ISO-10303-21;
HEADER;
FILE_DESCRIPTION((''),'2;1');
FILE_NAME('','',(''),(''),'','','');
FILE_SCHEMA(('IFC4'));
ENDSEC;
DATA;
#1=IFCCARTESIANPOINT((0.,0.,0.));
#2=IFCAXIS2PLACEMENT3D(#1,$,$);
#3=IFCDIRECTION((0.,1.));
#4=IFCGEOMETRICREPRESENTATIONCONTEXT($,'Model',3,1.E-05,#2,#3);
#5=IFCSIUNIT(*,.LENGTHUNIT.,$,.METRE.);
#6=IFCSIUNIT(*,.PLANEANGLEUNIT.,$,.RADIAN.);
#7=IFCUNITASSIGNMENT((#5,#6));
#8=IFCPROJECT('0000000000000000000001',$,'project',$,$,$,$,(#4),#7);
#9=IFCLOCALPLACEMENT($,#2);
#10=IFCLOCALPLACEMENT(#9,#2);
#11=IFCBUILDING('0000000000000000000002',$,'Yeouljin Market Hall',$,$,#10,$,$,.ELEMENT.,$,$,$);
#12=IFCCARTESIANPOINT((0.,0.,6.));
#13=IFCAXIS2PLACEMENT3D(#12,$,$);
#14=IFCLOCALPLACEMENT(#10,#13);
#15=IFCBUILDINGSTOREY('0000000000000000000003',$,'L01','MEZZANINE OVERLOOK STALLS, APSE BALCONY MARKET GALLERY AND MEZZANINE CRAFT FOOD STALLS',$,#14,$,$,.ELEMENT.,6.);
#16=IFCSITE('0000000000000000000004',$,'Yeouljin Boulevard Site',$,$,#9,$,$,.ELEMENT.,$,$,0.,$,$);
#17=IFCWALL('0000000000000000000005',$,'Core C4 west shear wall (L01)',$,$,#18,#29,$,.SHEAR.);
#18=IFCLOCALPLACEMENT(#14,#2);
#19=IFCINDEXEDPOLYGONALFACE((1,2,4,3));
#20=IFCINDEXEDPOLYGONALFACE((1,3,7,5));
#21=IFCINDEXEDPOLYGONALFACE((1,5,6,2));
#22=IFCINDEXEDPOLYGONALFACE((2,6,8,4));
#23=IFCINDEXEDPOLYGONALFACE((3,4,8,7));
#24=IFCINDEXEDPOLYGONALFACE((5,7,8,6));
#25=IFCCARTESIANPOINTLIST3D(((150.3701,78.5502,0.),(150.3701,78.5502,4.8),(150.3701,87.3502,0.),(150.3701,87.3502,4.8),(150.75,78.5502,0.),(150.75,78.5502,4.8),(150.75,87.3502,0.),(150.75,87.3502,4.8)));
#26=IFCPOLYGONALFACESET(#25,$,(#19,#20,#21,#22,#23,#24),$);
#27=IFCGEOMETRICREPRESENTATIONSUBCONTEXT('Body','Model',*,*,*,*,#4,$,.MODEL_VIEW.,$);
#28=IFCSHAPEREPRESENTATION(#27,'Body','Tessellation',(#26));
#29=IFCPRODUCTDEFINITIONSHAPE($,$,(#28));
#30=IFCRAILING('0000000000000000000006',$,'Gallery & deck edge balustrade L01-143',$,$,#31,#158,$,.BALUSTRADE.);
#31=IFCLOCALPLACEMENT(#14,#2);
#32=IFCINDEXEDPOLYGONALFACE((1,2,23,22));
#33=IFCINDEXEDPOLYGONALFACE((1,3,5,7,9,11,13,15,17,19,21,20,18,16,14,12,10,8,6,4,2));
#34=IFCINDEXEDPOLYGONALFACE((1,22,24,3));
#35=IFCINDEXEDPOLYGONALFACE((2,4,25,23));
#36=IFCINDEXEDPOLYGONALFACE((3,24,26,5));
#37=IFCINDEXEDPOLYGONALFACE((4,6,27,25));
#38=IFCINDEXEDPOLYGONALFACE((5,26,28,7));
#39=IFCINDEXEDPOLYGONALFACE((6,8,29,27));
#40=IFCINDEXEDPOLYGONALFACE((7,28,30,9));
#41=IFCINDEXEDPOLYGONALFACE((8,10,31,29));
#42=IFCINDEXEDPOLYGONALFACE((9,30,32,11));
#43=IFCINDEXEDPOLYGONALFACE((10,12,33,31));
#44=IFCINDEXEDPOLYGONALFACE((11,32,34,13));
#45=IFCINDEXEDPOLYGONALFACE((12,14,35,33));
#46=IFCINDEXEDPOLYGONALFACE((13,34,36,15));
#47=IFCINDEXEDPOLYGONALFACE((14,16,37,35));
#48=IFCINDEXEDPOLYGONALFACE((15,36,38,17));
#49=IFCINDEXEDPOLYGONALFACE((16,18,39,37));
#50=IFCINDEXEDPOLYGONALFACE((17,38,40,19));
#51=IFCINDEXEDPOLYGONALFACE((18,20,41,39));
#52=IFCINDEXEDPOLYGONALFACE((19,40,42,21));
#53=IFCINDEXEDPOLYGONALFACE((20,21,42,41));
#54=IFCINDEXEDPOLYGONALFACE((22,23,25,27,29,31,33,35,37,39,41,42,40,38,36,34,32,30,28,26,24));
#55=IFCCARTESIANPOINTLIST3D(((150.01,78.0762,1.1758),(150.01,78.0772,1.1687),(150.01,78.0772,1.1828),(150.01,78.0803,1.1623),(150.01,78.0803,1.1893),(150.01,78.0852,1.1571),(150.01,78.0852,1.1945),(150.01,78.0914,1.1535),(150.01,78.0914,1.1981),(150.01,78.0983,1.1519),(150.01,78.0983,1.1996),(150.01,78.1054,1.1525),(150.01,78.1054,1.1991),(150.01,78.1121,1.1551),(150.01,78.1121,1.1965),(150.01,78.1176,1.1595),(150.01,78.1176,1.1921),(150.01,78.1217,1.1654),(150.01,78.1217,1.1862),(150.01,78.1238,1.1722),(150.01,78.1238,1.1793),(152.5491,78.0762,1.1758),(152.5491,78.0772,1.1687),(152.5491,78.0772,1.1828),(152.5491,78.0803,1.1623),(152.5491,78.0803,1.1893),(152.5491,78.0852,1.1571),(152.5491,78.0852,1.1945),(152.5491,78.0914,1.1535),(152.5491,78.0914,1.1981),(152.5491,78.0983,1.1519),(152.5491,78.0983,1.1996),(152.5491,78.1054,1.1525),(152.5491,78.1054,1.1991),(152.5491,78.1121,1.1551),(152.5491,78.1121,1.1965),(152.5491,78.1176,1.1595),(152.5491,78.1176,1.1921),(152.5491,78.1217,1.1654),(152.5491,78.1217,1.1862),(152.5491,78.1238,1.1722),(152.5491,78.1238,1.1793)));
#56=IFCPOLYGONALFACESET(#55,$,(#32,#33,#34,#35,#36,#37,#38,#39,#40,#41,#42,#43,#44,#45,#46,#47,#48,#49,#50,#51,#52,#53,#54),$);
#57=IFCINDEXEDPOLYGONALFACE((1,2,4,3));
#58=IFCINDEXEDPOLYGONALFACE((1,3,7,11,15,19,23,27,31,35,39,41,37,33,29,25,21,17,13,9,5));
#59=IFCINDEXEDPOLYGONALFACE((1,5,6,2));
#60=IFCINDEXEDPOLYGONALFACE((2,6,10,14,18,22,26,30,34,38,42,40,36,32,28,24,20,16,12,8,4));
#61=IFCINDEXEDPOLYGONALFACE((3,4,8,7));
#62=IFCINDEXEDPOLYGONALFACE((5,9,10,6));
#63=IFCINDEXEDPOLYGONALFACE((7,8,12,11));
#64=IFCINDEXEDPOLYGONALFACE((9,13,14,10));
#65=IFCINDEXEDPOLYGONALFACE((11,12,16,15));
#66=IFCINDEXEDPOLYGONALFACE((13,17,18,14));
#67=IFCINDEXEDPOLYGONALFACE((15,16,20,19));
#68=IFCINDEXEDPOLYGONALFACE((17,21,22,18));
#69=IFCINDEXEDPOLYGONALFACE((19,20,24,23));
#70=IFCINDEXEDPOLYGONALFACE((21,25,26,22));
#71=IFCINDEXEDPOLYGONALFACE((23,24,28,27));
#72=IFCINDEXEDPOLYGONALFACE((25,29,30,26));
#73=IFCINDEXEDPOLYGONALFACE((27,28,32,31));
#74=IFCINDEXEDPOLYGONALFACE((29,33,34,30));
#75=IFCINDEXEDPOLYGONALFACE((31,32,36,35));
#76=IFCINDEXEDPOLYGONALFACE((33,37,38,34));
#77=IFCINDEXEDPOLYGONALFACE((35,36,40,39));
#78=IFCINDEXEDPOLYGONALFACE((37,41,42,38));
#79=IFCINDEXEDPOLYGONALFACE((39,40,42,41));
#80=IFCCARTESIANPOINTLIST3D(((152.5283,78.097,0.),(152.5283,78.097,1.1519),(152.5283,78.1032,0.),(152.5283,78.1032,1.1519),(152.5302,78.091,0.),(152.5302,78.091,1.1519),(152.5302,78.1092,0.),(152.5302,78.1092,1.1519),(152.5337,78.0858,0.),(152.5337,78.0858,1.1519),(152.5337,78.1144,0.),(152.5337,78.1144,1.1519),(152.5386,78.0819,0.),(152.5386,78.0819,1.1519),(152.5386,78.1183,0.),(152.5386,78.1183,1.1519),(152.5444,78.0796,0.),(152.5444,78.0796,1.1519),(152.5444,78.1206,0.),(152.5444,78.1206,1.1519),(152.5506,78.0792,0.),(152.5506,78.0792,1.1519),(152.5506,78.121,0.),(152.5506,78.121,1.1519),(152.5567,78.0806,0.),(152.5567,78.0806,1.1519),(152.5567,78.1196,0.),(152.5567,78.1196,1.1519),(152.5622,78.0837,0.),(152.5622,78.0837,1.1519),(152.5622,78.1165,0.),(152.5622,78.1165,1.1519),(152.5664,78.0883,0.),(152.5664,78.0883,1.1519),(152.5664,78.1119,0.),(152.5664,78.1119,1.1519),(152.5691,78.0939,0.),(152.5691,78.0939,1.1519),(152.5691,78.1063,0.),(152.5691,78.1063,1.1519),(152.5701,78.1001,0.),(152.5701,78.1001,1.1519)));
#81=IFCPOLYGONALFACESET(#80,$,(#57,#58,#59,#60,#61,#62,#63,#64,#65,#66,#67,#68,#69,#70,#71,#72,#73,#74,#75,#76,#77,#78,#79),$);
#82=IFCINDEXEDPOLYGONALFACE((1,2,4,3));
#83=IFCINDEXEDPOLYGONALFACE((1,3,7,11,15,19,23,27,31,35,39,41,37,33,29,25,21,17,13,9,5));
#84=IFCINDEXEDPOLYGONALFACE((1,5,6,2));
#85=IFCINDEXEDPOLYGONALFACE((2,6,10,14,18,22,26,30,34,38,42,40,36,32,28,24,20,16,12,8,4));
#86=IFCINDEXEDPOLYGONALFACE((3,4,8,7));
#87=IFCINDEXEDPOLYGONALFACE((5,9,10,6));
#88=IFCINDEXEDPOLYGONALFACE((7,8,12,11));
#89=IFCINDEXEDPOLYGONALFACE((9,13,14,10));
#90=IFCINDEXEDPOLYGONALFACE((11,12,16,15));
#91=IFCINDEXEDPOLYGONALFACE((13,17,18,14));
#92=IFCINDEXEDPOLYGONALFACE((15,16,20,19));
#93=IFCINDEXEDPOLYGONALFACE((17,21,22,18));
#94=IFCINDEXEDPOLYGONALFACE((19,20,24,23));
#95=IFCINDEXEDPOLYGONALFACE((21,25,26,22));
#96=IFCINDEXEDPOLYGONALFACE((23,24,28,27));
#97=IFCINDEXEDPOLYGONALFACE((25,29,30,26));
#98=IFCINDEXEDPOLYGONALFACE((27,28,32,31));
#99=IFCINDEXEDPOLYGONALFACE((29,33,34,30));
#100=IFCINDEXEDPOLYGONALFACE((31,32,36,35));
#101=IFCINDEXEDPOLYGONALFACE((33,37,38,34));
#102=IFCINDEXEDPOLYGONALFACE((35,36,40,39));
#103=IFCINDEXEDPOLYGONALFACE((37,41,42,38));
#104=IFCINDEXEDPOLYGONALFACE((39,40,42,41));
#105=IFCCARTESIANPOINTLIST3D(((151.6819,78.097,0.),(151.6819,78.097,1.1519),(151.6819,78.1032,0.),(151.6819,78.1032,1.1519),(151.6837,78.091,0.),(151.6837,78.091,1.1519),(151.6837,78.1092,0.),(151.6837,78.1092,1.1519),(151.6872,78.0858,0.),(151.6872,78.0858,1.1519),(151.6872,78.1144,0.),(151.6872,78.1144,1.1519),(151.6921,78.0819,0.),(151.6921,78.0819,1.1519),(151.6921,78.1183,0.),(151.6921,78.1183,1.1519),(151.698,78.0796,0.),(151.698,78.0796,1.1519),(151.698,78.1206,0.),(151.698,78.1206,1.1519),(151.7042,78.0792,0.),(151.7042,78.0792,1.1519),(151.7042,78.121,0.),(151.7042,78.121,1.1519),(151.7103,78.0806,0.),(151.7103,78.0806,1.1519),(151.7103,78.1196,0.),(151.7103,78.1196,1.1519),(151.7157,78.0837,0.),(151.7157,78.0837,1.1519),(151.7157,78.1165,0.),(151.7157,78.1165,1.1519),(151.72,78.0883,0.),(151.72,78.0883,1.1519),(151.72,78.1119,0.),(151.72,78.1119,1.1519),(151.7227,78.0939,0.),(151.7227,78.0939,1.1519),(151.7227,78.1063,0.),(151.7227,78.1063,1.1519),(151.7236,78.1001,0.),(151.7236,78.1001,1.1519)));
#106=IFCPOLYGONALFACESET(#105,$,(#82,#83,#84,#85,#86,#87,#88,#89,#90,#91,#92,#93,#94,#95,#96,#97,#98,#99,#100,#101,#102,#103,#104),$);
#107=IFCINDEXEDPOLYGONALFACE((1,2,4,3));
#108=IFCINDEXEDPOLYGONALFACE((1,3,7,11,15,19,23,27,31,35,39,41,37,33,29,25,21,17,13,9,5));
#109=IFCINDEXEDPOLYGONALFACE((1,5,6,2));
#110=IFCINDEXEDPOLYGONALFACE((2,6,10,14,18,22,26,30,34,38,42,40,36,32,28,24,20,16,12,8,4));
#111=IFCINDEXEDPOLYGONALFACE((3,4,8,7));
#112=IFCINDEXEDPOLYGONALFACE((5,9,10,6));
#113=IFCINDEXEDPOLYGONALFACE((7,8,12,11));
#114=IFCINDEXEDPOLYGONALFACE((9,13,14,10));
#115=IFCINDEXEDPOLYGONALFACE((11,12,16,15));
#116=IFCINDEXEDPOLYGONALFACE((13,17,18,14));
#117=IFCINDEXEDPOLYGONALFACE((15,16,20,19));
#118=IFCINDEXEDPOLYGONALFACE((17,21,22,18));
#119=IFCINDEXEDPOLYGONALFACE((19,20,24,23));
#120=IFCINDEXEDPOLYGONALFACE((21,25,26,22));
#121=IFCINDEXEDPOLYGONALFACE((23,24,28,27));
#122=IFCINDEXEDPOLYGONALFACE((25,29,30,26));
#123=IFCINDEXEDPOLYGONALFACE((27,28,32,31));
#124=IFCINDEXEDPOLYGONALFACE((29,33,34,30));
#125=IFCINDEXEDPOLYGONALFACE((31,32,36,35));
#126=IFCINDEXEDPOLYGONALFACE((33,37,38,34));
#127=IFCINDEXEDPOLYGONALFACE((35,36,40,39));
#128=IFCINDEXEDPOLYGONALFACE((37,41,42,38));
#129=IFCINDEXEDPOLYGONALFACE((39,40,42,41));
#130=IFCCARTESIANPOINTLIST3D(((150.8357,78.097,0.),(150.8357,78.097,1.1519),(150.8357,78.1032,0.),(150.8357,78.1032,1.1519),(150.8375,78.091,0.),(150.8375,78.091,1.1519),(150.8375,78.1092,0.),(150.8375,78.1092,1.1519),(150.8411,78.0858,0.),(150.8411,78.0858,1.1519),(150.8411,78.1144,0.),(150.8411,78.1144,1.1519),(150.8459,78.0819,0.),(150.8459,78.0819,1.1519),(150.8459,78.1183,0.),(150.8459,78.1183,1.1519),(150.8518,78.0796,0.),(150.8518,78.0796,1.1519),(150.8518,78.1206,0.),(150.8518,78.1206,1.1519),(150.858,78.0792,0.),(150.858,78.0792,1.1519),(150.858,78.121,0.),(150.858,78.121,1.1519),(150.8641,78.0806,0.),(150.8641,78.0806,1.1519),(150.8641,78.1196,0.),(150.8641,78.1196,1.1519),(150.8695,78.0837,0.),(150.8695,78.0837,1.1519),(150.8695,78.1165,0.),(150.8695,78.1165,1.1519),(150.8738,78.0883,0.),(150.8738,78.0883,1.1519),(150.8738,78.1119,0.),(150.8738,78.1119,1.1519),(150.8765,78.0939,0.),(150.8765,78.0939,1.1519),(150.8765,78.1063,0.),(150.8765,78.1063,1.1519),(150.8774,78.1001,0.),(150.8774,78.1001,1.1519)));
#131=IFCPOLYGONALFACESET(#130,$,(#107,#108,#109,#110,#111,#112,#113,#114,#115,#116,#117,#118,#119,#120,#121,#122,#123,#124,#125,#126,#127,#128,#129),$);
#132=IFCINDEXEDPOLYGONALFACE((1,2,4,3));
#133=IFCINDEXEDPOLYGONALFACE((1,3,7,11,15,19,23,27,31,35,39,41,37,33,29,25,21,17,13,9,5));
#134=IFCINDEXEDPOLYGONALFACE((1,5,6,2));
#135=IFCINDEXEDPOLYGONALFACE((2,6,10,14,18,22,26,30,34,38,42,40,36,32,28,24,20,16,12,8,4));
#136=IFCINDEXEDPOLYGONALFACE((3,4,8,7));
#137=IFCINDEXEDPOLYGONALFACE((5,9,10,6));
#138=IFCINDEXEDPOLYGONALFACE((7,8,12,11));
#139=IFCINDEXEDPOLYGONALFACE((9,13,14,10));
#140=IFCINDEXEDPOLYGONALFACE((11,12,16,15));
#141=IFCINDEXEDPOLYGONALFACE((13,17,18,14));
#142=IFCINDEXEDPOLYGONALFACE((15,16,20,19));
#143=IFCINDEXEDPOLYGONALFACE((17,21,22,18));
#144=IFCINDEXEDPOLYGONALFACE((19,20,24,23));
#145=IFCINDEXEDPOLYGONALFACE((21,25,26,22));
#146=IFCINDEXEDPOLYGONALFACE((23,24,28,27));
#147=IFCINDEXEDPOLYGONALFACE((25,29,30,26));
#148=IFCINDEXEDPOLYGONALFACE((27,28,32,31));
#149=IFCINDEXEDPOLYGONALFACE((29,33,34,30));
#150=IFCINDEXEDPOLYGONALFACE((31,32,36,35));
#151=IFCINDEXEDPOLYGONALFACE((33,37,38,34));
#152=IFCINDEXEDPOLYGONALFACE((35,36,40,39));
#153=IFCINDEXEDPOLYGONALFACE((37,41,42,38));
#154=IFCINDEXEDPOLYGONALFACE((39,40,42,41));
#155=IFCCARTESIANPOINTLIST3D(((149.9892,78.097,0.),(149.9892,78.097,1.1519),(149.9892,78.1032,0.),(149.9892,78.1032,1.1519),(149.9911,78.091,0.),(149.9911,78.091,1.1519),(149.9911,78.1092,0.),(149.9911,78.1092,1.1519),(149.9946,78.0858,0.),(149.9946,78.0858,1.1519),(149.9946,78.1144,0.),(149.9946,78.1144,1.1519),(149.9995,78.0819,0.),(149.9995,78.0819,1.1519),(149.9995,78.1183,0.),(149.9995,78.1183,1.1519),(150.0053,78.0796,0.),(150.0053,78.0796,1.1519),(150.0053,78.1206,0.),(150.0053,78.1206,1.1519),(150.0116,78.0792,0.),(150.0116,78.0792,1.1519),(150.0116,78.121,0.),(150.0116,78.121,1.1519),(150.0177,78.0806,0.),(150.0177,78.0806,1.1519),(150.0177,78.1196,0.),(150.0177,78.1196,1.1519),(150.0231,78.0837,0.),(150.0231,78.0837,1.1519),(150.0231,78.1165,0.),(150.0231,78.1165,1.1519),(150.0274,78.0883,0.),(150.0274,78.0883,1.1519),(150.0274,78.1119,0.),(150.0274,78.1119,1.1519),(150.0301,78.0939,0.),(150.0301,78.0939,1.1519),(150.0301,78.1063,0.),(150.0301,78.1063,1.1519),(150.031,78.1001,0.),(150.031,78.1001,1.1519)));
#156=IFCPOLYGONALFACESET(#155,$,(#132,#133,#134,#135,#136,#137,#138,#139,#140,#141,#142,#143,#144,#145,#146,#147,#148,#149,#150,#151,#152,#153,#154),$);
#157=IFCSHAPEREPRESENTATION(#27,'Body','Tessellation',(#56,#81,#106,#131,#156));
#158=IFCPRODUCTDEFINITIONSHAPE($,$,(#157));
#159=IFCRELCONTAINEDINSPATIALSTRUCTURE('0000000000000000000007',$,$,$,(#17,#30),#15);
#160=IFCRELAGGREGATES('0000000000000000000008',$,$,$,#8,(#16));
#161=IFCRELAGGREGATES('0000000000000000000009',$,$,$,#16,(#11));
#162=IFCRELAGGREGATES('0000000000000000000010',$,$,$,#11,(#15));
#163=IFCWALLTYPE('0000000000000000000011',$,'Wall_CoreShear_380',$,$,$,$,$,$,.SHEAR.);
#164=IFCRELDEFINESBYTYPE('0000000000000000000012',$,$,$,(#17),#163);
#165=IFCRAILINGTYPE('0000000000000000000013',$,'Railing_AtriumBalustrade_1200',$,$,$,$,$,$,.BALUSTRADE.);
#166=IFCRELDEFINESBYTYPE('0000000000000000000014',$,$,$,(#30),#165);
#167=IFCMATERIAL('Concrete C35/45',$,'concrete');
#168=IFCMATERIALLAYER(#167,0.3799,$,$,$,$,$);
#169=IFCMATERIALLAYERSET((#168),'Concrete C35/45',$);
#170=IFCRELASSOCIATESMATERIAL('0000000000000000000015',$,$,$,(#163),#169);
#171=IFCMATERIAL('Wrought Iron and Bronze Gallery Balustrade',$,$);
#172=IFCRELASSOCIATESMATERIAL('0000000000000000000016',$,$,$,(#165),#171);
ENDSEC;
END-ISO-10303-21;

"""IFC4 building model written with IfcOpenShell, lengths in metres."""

from ifc_helpers import new_model, si_unit, direction, frame, frame_2d, origin, origin_2d, place, context, subcontext, project, spatial, rectangle, circle, extrude, material, layer, layer_set, type_object, element, save


model = new_model("IFC4")

# Units and contexts
model_context = context("Model", 3, precision=1e-05, world=origin(), true_north=direction((0.0, 1.0)))
body_context = subcontext(model_context, "Body", "Model", "MODEL_VIEW")
ifc_project = project(units=[si_unit("LENGTHUNIT", "METRE"), si_unit("PLANEANGLEUNIT", "RADIAN")], contexts=[model_context])

# Site, building, storey
site_placement = place(None, origin())
site = spatial("IfcSite", under=ifc_project, at=site_placement, Name="Yeouljin Boulevard Site", CompositionType="ELEMENT", RefElevation=0.0)
building_placement = place(site_placement, origin())
building = spatial("IfcBuilding", under=site, at=building_placement, Name="Yeouljin Market Hall", CompositionType="ELEMENT")
storey_placement = place(building_placement, frame((0.0, 0.0, 6.0)))
storey = spatial("IfcBuildingStorey", under=building, at=storey_placement, Name="L01", Description="MEZZANINE OVERLOOK STALLS, APSE BALCONY MARKET GALLERY AND MEZZANINE CRAFT FOOD STALLS", CompositionType="ELEMENT", Elevation=6.0)

# Shared definitions
ifc_material_1 = material(Name="Concrete C35/45", Category="concrete")
ifc_layer_1 = layer(ifc_material_1, 0.3799)
ifc_layer_set_1 = layer_set([ifc_layer_1], Name="Concrete C35/45")
wall_type_1 = type_object("IfcWallType", Name="Wall_CoreShear_380", PredefinedType="SHEAR", material=ifc_layer_set_1)

# Wall
wall_1_placement = place(storey_placement, frame((150.5601, 87.3501, 0.0), z_axis=(0.0, 0.0, 1.0), x_axis=(0.0, -1.0, 0.0)))
element("IfcWall", 1, at=wall_1_placement, inside=storey, type_object=wall_type_1, Name="Core C4 west shear wall (L01)", PredefinedType="SHEAR", context=body_context, shape_type="SweptSolid", body=[
    extrude(rectangle(XDim=8.8, YDim=0.3799, at=frame_2d((4.3999, 0.0))), origin(), (0.0, 0.0, 1.0), 4.8),
])

# Railing
ifc_material_2 = material(Name="Wrought Iron and Bronze Gallery Balustrade")
railing_type = type_object("IfcRailingType", Name="Railing_AtriumBalustrade_1200", PredefinedType="BALUSTRADE", material=ifc_material_2)
railing_1_placement = place(storey_placement, frame((152.5491, 78.1001, 0.0)))
element("IfcRailing", 2, at=railing_1_placement, inside=storey, type_object=railing_type, Name="Gallery & deck edge balustrade L01-143", PredefinedType="BALUSTRADE", context=body_context, shape_type="SweptSolid", body=[
    extrude(circle(Radius=0.0239, at=origin_2d()), frame((0.0, 0.0, 1.1758), z_axis=(-1.0, 0.0, 0.0), x_axis=(0.0, -1.0, 0.0)), (0.0, 0.0, 1.0), 2.5391),
    extrude(circle(Radius=0.021, at=origin_2d()), origin(), (0.0, 0.0, 1.0), 1.1519),
    extrude(circle(Radius=0.021, at=origin_2d()), frame((-0.8464, 0.0, 0.0)), (0.0, 0.0, 1.0), 1.1519),
    extrude(circle(Radius=0.021, at=origin_2d()), frame((-1.6926, 0.0, 0.0)), (0.0, 0.0, 1.0), 1.1519),
    extrude(circle(Radius=0.021, at=origin_2d()), frame((-2.5391, 0.0, 0.0)), (0.0, 0.0, 1.0), 1.1519),
])

save(model, "model.ifc")
